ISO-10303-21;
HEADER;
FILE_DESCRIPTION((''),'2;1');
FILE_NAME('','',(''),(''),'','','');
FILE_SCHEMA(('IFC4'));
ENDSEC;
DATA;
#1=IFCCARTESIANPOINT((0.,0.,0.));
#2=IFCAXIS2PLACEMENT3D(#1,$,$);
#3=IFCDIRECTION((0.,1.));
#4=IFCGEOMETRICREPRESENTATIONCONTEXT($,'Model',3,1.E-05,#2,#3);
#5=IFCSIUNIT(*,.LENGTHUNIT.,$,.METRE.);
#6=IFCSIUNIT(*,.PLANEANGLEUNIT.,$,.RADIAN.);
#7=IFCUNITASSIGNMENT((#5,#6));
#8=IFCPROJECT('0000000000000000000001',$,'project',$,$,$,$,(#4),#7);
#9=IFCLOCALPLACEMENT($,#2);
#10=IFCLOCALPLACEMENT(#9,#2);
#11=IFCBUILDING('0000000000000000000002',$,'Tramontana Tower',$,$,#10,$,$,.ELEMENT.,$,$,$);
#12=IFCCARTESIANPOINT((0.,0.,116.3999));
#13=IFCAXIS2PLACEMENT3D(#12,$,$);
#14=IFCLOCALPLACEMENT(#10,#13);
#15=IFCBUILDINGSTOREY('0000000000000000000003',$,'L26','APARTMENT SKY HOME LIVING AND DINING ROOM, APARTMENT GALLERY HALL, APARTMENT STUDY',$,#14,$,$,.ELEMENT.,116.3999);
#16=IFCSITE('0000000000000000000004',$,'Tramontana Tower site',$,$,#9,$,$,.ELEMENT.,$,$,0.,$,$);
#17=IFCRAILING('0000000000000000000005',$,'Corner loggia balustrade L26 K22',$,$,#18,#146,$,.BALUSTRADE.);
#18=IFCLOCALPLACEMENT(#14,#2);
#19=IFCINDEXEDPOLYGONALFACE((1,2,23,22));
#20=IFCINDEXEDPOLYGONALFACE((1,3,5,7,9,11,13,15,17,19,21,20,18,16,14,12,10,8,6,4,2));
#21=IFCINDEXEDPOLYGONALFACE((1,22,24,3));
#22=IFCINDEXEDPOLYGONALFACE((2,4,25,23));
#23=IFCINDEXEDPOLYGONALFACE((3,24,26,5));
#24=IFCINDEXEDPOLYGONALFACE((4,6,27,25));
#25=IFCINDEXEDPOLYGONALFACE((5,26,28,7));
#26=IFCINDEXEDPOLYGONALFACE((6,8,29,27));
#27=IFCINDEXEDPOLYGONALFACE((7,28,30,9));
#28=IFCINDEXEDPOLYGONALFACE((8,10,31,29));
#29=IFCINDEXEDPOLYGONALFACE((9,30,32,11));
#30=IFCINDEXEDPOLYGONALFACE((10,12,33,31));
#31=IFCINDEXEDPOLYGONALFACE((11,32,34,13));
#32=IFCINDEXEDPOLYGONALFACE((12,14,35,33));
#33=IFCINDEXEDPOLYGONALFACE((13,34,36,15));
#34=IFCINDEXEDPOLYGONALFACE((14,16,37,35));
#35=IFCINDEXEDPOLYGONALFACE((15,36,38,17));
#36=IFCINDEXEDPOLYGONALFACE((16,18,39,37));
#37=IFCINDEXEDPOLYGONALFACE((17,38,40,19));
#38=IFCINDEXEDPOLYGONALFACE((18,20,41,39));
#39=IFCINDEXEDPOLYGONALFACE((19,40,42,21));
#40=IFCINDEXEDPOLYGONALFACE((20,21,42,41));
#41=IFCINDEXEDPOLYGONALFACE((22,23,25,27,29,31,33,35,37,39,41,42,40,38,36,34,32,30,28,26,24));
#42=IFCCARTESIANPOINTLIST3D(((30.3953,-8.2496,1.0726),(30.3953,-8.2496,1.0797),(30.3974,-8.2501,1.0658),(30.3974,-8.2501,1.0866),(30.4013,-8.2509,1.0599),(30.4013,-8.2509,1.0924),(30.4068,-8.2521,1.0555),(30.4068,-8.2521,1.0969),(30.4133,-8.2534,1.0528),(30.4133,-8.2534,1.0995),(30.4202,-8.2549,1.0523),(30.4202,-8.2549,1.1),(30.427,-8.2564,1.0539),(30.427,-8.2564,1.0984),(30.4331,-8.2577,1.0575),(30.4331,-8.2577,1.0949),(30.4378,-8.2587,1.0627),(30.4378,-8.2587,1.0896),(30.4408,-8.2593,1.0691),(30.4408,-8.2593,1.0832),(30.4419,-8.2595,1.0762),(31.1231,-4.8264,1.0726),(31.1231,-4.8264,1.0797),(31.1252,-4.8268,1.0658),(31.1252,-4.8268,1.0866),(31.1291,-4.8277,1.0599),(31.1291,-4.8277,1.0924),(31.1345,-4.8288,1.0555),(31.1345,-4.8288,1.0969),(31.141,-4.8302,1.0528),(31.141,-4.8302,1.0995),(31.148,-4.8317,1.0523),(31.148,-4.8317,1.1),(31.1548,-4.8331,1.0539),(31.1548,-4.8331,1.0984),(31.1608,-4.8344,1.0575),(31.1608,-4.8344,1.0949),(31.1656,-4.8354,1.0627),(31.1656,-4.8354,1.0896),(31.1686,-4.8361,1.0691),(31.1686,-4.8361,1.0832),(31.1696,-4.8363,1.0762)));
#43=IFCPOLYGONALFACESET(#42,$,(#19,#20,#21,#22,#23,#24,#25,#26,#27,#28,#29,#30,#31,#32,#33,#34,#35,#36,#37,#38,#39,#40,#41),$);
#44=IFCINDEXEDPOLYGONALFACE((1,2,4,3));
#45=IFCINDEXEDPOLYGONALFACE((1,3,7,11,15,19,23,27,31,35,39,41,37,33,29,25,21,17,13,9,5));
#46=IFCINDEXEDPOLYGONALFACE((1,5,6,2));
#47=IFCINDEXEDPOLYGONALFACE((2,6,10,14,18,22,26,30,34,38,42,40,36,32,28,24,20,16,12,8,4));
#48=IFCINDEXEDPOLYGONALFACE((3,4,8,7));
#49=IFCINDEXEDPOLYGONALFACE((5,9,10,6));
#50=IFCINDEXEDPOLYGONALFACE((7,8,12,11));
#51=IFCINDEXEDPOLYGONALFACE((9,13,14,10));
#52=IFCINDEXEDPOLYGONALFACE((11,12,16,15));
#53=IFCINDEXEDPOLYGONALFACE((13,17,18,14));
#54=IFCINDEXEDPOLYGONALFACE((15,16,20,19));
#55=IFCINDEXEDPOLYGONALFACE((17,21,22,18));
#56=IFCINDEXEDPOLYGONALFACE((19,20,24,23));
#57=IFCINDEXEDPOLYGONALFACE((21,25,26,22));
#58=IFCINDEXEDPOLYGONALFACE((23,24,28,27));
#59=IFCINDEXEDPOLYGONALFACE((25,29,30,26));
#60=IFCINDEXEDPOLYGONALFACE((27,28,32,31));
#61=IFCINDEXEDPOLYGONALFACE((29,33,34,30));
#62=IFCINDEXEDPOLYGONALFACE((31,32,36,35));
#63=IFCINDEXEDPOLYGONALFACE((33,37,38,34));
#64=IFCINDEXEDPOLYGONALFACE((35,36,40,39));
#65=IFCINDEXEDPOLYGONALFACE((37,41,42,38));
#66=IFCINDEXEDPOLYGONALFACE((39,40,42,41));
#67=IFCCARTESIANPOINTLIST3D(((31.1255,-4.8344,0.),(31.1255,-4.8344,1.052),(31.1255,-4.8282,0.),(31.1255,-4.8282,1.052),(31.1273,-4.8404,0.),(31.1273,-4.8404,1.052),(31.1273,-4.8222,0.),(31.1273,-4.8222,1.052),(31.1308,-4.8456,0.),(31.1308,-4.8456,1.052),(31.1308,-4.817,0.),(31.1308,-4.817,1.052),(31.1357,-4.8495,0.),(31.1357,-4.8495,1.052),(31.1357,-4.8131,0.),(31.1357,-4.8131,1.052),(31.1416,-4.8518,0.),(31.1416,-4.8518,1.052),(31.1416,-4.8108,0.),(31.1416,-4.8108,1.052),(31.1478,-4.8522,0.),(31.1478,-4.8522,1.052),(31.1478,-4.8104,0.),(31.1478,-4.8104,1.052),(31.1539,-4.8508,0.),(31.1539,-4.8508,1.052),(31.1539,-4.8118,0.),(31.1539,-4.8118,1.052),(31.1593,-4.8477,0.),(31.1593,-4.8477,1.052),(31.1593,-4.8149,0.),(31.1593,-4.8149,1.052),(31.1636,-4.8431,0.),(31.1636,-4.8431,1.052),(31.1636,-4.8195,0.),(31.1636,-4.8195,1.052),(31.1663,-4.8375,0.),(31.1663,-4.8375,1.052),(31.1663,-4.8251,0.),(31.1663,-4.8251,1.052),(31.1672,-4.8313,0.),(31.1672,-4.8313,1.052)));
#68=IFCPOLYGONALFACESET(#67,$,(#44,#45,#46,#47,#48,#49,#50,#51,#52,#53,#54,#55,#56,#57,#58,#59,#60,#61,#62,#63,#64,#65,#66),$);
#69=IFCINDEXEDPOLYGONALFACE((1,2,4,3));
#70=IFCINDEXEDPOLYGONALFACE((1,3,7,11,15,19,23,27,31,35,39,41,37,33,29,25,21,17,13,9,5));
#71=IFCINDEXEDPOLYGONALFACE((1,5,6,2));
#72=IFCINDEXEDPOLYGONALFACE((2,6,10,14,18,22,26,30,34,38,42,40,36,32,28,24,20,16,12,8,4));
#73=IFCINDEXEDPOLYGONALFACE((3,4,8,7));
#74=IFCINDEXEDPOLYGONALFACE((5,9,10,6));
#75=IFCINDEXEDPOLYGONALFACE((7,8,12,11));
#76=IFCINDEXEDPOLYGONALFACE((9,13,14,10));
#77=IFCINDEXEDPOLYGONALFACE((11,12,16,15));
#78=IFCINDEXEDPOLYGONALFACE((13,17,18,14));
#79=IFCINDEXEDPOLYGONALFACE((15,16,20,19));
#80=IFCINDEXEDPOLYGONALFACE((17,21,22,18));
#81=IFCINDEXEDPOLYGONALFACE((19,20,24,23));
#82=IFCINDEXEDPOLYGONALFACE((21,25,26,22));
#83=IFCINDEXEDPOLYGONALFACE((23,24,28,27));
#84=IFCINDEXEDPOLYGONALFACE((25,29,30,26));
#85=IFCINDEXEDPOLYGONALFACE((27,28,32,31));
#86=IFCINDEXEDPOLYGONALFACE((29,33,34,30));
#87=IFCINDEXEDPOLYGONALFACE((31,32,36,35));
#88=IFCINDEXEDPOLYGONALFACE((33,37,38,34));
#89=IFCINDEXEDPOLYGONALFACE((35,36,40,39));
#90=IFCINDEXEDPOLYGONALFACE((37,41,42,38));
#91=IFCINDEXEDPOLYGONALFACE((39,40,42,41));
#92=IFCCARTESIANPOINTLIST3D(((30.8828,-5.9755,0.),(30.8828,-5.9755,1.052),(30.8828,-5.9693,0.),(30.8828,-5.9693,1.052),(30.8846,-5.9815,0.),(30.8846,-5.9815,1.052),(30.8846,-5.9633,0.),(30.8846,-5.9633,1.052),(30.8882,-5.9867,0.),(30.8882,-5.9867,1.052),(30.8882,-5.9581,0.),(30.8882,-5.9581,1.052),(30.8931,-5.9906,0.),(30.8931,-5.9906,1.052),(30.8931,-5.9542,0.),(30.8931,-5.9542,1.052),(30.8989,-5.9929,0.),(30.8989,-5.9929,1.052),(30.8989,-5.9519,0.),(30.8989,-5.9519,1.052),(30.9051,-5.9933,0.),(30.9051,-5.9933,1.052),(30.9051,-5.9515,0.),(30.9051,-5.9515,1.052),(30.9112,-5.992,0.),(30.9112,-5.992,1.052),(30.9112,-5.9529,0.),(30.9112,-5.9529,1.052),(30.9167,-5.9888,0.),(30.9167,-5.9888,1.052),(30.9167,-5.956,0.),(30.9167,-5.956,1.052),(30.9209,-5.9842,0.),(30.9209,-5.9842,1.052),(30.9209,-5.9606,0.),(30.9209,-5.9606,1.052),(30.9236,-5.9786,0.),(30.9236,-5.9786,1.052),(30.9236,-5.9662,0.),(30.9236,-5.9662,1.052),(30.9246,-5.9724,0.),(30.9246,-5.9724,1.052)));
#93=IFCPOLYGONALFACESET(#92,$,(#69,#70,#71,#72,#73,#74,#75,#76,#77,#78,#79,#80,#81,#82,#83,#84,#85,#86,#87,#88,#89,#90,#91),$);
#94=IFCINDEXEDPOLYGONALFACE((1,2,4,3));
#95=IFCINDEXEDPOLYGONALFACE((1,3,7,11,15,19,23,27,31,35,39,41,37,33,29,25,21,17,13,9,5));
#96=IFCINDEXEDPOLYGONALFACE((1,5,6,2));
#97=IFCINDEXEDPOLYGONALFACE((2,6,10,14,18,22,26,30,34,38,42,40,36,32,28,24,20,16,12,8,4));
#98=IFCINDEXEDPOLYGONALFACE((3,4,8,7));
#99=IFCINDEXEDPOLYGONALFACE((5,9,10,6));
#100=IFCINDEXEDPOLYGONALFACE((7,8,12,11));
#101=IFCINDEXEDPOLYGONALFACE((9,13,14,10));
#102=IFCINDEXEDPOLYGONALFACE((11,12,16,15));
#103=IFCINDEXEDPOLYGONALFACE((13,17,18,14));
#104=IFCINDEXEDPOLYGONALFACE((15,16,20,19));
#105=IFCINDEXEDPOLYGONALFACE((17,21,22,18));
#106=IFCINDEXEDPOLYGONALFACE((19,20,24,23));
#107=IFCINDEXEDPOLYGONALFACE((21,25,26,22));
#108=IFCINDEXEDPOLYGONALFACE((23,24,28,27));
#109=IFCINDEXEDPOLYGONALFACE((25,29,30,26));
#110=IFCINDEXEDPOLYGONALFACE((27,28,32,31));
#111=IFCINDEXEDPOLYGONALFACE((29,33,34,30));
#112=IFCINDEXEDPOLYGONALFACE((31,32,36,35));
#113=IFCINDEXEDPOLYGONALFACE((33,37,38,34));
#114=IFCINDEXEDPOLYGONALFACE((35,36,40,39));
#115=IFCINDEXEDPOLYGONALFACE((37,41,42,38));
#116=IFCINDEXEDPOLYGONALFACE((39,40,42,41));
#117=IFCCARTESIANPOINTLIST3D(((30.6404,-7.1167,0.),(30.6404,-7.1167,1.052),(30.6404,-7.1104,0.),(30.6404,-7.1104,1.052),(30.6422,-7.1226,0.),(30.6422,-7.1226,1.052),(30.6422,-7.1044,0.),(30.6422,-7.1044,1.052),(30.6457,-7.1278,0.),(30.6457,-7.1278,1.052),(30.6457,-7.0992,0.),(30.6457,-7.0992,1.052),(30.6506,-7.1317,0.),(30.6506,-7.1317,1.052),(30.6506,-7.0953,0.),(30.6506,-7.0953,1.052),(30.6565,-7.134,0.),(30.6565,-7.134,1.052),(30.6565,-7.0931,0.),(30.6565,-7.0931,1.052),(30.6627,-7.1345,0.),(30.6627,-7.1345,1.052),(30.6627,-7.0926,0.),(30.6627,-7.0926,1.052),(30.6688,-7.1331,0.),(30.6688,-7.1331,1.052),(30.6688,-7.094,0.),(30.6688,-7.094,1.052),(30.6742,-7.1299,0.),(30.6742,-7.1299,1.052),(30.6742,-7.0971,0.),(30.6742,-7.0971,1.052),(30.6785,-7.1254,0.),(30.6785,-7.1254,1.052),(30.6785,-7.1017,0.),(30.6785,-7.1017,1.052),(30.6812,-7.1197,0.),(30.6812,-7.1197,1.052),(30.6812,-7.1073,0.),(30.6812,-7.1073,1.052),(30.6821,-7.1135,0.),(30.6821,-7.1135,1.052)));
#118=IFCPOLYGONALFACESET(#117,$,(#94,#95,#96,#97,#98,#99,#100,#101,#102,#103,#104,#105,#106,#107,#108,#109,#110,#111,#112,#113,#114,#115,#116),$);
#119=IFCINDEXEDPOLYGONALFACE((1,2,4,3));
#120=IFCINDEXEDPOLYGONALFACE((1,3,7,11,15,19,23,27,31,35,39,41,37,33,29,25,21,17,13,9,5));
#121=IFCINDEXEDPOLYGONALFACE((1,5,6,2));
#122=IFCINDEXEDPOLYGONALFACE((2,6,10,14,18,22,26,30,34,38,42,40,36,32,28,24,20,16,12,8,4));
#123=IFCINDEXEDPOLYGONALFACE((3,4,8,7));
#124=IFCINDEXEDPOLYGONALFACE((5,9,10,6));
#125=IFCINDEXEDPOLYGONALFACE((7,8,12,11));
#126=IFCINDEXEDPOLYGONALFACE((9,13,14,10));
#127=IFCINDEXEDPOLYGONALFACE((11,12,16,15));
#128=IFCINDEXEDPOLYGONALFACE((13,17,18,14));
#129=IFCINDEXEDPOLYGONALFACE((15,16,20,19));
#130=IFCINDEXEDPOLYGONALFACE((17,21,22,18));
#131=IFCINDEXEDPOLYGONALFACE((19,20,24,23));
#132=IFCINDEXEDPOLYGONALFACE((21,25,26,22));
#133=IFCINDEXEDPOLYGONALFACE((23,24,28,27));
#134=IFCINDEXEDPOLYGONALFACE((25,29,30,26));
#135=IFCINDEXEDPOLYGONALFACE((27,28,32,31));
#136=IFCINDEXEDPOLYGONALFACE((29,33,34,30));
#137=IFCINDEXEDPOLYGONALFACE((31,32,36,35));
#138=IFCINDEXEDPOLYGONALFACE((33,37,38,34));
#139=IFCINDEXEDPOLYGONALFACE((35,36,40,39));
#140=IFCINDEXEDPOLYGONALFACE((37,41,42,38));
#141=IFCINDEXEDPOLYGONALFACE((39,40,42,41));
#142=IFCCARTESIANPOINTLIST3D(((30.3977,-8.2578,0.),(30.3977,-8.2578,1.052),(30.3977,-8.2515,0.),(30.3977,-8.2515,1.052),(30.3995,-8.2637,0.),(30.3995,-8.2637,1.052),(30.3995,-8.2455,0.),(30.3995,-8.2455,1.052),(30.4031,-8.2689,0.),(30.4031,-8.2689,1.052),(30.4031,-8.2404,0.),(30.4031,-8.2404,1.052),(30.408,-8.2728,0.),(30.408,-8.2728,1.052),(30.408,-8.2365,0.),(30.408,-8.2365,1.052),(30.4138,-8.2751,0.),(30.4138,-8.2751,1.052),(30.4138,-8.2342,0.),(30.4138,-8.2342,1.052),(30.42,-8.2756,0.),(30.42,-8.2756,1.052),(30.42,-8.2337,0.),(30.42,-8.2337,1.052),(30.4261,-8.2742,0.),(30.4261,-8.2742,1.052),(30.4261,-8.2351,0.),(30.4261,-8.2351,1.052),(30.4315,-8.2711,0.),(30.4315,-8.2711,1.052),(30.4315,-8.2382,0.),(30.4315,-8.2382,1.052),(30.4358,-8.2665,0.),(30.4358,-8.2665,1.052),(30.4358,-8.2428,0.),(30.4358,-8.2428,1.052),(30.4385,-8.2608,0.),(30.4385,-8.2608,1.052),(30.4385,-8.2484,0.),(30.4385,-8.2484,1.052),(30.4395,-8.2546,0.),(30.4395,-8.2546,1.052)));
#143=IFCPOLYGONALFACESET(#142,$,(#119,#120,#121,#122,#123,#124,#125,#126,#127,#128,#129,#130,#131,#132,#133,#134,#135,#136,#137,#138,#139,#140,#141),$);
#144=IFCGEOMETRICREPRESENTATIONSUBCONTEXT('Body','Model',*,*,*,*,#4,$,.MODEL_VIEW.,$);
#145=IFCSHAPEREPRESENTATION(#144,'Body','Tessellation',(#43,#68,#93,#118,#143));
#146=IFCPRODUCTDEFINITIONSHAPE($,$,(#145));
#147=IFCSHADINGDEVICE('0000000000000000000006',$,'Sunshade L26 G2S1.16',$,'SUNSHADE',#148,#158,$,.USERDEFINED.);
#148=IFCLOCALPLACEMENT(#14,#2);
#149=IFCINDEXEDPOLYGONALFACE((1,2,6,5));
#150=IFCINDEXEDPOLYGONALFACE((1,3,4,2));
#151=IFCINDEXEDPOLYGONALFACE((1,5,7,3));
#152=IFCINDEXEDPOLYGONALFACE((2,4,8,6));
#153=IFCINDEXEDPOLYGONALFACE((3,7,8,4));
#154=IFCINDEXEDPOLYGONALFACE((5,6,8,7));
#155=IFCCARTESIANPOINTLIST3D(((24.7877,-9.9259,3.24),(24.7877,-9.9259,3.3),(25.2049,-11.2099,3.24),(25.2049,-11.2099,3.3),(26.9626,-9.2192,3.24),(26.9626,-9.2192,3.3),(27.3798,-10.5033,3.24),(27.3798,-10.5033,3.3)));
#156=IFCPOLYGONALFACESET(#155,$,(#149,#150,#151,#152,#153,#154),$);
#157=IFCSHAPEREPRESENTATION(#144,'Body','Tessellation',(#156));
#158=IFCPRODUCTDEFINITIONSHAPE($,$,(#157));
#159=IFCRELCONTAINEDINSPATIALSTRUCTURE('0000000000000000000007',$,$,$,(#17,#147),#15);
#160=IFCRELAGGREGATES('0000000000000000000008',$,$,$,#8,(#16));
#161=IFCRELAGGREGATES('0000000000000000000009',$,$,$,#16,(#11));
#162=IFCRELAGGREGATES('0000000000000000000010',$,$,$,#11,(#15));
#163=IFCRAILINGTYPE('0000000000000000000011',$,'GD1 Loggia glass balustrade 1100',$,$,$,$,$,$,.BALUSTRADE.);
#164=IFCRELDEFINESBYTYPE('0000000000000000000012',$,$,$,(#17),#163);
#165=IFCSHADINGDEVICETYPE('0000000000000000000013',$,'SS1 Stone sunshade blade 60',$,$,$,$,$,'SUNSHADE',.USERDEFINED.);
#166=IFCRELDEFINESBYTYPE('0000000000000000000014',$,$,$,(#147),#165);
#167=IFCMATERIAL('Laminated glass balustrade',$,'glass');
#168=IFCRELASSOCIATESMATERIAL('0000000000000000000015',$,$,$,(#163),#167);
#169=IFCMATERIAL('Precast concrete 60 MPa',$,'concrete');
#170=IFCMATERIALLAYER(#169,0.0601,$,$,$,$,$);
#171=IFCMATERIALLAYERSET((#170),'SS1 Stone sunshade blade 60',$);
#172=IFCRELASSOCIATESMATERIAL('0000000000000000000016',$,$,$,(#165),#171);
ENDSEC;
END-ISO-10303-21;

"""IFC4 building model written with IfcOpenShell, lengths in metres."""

from ifc_helpers import new_model, si_unit, direction, frame, origin, origin_2d, place, context, subcontext, project, spatial, rectangle, circle, extrude, material, layer, layer_set, type_object, element, save


model = new_model("IFC4")

# Units and contexts
model_context = context("Model", 3, precision=1e-05, world=origin(), true_north=direction((0.0, 1.0)))
body_context = subcontext(model_context, "Body", "Model", "MODEL_VIEW")
ifc_project = project(units=[si_unit("LENGTHUNIT", "METRE"), si_unit("PLANEANGLEUNIT", "RADIAN")], contexts=[model_context])

# Site, building, storey
site_placement = place(None, origin())
site = spatial("IfcSite", under=ifc_project, at=site_placement, Name="Tramontana Tower site", CompositionType="ELEMENT", RefElevation=0.0)
building_placement = place(site_placement, origin())
building = spatial("IfcBuilding", under=site, at=building_placement, Name="Tramontana Tower", CompositionType="ELEMENT")
storey_placement = place(building_placement, frame((0.0, 0.0, 116.3999)))
storey = spatial("IfcBuildingStorey", under=building, at=storey_placement, Name="L26", Description="APARTMENT SKY HOME LIVING AND DINING ROOM, APARTMENT GALLERY HALL, APARTMENT STUDY", CompositionType="ELEMENT", Elevation=116.3999)

# Railing
ifc_material_1 = material(Name="Laminated glass balustrade", Category="glass")
railing_type = type_object("IfcRailingType", Name="GD1 Loggia glass balustrade 1100", PredefinedType="BALUSTRADE", material=ifc_material_1)
railing_1_placement = place(storey_placement, frame((31.1462, -4.8313, 0.0)))
element("IfcRailing", 1, at=railing_1_placement, inside=storey, type_object=railing_type, Name="Corner loggia balustrade L26 K22", PredefinedType="BALUSTRADE", context=body_context, shape_type="SweptSolid", body=[
    extrude(circle(Radius=0.0239, at=origin_2d()), frame((0.0, 0.0, 1.0762), z_axis=(-0.207947, -0.97814, 0.0), x_axis=(0.97814, -0.207947, 0.0)), (0.0, 0.0, 1.0), 3.4998),
    extrude(circle(Radius=0.021, at=origin_2d()), origin(), (0.0, 0.0, 1.0), 1.052),
    extrude(circle(Radius=0.021, at=origin_2d()), frame((-0.2427, -1.1411, 0.0)), (0.0, 0.0, 1.0), 1.052),
    extrude(circle(Radius=0.021, at=origin_2d()), frame((-0.4851, -2.2822, 0.0)), (0.0, 0.0, 1.0), 1.052),
    extrude(circle(Radius=0.021, at=origin_2d()), frame((-0.7278, -3.4233, 0.0)), (0.0, 0.0, 1.0), 1.052),
])

# Shading device
ifc_material_2 = material(Name="Precast concrete 60 MPa", Category="concrete")
ifc_layer_1 = layer(ifc_material_2, 0.0601)
ifc_layer_set_1 = layer_set([ifc_layer_1], Name="SS1 Stone sunshade blade 60")
shading_device_type = type_object("IfcShadingDeviceType", Name="SS1 Stone sunshade blade 60", ElementType="SUNSHADE", PredefinedType="USERDEFINED", material=ifc_layer_set_1)
shading_device_placement = place(storey_placement, frame((26.0837, -10.2146, 3.24), z_axis=(0.0, 0.0, 1.0), x_axis=(0.951057, 0.309017, 0.0)))
element("IfcShadingDevice", 2, at=shading_device_placement, inside=storey, type_object=shading_device_type, Name="Sunshade L26 G2S1.16", ObjectType="SUNSHADE", PredefinedType="USERDEFINED", context=body_context, shape_type="SweptSolid", body=[
    extrude(rectangle(XDim=2.2869, YDim=1.3501, at=origin_2d()), origin(), (0.0, 0.0, 1.0), 0.0601),
])

save(model, "model.ifc")
